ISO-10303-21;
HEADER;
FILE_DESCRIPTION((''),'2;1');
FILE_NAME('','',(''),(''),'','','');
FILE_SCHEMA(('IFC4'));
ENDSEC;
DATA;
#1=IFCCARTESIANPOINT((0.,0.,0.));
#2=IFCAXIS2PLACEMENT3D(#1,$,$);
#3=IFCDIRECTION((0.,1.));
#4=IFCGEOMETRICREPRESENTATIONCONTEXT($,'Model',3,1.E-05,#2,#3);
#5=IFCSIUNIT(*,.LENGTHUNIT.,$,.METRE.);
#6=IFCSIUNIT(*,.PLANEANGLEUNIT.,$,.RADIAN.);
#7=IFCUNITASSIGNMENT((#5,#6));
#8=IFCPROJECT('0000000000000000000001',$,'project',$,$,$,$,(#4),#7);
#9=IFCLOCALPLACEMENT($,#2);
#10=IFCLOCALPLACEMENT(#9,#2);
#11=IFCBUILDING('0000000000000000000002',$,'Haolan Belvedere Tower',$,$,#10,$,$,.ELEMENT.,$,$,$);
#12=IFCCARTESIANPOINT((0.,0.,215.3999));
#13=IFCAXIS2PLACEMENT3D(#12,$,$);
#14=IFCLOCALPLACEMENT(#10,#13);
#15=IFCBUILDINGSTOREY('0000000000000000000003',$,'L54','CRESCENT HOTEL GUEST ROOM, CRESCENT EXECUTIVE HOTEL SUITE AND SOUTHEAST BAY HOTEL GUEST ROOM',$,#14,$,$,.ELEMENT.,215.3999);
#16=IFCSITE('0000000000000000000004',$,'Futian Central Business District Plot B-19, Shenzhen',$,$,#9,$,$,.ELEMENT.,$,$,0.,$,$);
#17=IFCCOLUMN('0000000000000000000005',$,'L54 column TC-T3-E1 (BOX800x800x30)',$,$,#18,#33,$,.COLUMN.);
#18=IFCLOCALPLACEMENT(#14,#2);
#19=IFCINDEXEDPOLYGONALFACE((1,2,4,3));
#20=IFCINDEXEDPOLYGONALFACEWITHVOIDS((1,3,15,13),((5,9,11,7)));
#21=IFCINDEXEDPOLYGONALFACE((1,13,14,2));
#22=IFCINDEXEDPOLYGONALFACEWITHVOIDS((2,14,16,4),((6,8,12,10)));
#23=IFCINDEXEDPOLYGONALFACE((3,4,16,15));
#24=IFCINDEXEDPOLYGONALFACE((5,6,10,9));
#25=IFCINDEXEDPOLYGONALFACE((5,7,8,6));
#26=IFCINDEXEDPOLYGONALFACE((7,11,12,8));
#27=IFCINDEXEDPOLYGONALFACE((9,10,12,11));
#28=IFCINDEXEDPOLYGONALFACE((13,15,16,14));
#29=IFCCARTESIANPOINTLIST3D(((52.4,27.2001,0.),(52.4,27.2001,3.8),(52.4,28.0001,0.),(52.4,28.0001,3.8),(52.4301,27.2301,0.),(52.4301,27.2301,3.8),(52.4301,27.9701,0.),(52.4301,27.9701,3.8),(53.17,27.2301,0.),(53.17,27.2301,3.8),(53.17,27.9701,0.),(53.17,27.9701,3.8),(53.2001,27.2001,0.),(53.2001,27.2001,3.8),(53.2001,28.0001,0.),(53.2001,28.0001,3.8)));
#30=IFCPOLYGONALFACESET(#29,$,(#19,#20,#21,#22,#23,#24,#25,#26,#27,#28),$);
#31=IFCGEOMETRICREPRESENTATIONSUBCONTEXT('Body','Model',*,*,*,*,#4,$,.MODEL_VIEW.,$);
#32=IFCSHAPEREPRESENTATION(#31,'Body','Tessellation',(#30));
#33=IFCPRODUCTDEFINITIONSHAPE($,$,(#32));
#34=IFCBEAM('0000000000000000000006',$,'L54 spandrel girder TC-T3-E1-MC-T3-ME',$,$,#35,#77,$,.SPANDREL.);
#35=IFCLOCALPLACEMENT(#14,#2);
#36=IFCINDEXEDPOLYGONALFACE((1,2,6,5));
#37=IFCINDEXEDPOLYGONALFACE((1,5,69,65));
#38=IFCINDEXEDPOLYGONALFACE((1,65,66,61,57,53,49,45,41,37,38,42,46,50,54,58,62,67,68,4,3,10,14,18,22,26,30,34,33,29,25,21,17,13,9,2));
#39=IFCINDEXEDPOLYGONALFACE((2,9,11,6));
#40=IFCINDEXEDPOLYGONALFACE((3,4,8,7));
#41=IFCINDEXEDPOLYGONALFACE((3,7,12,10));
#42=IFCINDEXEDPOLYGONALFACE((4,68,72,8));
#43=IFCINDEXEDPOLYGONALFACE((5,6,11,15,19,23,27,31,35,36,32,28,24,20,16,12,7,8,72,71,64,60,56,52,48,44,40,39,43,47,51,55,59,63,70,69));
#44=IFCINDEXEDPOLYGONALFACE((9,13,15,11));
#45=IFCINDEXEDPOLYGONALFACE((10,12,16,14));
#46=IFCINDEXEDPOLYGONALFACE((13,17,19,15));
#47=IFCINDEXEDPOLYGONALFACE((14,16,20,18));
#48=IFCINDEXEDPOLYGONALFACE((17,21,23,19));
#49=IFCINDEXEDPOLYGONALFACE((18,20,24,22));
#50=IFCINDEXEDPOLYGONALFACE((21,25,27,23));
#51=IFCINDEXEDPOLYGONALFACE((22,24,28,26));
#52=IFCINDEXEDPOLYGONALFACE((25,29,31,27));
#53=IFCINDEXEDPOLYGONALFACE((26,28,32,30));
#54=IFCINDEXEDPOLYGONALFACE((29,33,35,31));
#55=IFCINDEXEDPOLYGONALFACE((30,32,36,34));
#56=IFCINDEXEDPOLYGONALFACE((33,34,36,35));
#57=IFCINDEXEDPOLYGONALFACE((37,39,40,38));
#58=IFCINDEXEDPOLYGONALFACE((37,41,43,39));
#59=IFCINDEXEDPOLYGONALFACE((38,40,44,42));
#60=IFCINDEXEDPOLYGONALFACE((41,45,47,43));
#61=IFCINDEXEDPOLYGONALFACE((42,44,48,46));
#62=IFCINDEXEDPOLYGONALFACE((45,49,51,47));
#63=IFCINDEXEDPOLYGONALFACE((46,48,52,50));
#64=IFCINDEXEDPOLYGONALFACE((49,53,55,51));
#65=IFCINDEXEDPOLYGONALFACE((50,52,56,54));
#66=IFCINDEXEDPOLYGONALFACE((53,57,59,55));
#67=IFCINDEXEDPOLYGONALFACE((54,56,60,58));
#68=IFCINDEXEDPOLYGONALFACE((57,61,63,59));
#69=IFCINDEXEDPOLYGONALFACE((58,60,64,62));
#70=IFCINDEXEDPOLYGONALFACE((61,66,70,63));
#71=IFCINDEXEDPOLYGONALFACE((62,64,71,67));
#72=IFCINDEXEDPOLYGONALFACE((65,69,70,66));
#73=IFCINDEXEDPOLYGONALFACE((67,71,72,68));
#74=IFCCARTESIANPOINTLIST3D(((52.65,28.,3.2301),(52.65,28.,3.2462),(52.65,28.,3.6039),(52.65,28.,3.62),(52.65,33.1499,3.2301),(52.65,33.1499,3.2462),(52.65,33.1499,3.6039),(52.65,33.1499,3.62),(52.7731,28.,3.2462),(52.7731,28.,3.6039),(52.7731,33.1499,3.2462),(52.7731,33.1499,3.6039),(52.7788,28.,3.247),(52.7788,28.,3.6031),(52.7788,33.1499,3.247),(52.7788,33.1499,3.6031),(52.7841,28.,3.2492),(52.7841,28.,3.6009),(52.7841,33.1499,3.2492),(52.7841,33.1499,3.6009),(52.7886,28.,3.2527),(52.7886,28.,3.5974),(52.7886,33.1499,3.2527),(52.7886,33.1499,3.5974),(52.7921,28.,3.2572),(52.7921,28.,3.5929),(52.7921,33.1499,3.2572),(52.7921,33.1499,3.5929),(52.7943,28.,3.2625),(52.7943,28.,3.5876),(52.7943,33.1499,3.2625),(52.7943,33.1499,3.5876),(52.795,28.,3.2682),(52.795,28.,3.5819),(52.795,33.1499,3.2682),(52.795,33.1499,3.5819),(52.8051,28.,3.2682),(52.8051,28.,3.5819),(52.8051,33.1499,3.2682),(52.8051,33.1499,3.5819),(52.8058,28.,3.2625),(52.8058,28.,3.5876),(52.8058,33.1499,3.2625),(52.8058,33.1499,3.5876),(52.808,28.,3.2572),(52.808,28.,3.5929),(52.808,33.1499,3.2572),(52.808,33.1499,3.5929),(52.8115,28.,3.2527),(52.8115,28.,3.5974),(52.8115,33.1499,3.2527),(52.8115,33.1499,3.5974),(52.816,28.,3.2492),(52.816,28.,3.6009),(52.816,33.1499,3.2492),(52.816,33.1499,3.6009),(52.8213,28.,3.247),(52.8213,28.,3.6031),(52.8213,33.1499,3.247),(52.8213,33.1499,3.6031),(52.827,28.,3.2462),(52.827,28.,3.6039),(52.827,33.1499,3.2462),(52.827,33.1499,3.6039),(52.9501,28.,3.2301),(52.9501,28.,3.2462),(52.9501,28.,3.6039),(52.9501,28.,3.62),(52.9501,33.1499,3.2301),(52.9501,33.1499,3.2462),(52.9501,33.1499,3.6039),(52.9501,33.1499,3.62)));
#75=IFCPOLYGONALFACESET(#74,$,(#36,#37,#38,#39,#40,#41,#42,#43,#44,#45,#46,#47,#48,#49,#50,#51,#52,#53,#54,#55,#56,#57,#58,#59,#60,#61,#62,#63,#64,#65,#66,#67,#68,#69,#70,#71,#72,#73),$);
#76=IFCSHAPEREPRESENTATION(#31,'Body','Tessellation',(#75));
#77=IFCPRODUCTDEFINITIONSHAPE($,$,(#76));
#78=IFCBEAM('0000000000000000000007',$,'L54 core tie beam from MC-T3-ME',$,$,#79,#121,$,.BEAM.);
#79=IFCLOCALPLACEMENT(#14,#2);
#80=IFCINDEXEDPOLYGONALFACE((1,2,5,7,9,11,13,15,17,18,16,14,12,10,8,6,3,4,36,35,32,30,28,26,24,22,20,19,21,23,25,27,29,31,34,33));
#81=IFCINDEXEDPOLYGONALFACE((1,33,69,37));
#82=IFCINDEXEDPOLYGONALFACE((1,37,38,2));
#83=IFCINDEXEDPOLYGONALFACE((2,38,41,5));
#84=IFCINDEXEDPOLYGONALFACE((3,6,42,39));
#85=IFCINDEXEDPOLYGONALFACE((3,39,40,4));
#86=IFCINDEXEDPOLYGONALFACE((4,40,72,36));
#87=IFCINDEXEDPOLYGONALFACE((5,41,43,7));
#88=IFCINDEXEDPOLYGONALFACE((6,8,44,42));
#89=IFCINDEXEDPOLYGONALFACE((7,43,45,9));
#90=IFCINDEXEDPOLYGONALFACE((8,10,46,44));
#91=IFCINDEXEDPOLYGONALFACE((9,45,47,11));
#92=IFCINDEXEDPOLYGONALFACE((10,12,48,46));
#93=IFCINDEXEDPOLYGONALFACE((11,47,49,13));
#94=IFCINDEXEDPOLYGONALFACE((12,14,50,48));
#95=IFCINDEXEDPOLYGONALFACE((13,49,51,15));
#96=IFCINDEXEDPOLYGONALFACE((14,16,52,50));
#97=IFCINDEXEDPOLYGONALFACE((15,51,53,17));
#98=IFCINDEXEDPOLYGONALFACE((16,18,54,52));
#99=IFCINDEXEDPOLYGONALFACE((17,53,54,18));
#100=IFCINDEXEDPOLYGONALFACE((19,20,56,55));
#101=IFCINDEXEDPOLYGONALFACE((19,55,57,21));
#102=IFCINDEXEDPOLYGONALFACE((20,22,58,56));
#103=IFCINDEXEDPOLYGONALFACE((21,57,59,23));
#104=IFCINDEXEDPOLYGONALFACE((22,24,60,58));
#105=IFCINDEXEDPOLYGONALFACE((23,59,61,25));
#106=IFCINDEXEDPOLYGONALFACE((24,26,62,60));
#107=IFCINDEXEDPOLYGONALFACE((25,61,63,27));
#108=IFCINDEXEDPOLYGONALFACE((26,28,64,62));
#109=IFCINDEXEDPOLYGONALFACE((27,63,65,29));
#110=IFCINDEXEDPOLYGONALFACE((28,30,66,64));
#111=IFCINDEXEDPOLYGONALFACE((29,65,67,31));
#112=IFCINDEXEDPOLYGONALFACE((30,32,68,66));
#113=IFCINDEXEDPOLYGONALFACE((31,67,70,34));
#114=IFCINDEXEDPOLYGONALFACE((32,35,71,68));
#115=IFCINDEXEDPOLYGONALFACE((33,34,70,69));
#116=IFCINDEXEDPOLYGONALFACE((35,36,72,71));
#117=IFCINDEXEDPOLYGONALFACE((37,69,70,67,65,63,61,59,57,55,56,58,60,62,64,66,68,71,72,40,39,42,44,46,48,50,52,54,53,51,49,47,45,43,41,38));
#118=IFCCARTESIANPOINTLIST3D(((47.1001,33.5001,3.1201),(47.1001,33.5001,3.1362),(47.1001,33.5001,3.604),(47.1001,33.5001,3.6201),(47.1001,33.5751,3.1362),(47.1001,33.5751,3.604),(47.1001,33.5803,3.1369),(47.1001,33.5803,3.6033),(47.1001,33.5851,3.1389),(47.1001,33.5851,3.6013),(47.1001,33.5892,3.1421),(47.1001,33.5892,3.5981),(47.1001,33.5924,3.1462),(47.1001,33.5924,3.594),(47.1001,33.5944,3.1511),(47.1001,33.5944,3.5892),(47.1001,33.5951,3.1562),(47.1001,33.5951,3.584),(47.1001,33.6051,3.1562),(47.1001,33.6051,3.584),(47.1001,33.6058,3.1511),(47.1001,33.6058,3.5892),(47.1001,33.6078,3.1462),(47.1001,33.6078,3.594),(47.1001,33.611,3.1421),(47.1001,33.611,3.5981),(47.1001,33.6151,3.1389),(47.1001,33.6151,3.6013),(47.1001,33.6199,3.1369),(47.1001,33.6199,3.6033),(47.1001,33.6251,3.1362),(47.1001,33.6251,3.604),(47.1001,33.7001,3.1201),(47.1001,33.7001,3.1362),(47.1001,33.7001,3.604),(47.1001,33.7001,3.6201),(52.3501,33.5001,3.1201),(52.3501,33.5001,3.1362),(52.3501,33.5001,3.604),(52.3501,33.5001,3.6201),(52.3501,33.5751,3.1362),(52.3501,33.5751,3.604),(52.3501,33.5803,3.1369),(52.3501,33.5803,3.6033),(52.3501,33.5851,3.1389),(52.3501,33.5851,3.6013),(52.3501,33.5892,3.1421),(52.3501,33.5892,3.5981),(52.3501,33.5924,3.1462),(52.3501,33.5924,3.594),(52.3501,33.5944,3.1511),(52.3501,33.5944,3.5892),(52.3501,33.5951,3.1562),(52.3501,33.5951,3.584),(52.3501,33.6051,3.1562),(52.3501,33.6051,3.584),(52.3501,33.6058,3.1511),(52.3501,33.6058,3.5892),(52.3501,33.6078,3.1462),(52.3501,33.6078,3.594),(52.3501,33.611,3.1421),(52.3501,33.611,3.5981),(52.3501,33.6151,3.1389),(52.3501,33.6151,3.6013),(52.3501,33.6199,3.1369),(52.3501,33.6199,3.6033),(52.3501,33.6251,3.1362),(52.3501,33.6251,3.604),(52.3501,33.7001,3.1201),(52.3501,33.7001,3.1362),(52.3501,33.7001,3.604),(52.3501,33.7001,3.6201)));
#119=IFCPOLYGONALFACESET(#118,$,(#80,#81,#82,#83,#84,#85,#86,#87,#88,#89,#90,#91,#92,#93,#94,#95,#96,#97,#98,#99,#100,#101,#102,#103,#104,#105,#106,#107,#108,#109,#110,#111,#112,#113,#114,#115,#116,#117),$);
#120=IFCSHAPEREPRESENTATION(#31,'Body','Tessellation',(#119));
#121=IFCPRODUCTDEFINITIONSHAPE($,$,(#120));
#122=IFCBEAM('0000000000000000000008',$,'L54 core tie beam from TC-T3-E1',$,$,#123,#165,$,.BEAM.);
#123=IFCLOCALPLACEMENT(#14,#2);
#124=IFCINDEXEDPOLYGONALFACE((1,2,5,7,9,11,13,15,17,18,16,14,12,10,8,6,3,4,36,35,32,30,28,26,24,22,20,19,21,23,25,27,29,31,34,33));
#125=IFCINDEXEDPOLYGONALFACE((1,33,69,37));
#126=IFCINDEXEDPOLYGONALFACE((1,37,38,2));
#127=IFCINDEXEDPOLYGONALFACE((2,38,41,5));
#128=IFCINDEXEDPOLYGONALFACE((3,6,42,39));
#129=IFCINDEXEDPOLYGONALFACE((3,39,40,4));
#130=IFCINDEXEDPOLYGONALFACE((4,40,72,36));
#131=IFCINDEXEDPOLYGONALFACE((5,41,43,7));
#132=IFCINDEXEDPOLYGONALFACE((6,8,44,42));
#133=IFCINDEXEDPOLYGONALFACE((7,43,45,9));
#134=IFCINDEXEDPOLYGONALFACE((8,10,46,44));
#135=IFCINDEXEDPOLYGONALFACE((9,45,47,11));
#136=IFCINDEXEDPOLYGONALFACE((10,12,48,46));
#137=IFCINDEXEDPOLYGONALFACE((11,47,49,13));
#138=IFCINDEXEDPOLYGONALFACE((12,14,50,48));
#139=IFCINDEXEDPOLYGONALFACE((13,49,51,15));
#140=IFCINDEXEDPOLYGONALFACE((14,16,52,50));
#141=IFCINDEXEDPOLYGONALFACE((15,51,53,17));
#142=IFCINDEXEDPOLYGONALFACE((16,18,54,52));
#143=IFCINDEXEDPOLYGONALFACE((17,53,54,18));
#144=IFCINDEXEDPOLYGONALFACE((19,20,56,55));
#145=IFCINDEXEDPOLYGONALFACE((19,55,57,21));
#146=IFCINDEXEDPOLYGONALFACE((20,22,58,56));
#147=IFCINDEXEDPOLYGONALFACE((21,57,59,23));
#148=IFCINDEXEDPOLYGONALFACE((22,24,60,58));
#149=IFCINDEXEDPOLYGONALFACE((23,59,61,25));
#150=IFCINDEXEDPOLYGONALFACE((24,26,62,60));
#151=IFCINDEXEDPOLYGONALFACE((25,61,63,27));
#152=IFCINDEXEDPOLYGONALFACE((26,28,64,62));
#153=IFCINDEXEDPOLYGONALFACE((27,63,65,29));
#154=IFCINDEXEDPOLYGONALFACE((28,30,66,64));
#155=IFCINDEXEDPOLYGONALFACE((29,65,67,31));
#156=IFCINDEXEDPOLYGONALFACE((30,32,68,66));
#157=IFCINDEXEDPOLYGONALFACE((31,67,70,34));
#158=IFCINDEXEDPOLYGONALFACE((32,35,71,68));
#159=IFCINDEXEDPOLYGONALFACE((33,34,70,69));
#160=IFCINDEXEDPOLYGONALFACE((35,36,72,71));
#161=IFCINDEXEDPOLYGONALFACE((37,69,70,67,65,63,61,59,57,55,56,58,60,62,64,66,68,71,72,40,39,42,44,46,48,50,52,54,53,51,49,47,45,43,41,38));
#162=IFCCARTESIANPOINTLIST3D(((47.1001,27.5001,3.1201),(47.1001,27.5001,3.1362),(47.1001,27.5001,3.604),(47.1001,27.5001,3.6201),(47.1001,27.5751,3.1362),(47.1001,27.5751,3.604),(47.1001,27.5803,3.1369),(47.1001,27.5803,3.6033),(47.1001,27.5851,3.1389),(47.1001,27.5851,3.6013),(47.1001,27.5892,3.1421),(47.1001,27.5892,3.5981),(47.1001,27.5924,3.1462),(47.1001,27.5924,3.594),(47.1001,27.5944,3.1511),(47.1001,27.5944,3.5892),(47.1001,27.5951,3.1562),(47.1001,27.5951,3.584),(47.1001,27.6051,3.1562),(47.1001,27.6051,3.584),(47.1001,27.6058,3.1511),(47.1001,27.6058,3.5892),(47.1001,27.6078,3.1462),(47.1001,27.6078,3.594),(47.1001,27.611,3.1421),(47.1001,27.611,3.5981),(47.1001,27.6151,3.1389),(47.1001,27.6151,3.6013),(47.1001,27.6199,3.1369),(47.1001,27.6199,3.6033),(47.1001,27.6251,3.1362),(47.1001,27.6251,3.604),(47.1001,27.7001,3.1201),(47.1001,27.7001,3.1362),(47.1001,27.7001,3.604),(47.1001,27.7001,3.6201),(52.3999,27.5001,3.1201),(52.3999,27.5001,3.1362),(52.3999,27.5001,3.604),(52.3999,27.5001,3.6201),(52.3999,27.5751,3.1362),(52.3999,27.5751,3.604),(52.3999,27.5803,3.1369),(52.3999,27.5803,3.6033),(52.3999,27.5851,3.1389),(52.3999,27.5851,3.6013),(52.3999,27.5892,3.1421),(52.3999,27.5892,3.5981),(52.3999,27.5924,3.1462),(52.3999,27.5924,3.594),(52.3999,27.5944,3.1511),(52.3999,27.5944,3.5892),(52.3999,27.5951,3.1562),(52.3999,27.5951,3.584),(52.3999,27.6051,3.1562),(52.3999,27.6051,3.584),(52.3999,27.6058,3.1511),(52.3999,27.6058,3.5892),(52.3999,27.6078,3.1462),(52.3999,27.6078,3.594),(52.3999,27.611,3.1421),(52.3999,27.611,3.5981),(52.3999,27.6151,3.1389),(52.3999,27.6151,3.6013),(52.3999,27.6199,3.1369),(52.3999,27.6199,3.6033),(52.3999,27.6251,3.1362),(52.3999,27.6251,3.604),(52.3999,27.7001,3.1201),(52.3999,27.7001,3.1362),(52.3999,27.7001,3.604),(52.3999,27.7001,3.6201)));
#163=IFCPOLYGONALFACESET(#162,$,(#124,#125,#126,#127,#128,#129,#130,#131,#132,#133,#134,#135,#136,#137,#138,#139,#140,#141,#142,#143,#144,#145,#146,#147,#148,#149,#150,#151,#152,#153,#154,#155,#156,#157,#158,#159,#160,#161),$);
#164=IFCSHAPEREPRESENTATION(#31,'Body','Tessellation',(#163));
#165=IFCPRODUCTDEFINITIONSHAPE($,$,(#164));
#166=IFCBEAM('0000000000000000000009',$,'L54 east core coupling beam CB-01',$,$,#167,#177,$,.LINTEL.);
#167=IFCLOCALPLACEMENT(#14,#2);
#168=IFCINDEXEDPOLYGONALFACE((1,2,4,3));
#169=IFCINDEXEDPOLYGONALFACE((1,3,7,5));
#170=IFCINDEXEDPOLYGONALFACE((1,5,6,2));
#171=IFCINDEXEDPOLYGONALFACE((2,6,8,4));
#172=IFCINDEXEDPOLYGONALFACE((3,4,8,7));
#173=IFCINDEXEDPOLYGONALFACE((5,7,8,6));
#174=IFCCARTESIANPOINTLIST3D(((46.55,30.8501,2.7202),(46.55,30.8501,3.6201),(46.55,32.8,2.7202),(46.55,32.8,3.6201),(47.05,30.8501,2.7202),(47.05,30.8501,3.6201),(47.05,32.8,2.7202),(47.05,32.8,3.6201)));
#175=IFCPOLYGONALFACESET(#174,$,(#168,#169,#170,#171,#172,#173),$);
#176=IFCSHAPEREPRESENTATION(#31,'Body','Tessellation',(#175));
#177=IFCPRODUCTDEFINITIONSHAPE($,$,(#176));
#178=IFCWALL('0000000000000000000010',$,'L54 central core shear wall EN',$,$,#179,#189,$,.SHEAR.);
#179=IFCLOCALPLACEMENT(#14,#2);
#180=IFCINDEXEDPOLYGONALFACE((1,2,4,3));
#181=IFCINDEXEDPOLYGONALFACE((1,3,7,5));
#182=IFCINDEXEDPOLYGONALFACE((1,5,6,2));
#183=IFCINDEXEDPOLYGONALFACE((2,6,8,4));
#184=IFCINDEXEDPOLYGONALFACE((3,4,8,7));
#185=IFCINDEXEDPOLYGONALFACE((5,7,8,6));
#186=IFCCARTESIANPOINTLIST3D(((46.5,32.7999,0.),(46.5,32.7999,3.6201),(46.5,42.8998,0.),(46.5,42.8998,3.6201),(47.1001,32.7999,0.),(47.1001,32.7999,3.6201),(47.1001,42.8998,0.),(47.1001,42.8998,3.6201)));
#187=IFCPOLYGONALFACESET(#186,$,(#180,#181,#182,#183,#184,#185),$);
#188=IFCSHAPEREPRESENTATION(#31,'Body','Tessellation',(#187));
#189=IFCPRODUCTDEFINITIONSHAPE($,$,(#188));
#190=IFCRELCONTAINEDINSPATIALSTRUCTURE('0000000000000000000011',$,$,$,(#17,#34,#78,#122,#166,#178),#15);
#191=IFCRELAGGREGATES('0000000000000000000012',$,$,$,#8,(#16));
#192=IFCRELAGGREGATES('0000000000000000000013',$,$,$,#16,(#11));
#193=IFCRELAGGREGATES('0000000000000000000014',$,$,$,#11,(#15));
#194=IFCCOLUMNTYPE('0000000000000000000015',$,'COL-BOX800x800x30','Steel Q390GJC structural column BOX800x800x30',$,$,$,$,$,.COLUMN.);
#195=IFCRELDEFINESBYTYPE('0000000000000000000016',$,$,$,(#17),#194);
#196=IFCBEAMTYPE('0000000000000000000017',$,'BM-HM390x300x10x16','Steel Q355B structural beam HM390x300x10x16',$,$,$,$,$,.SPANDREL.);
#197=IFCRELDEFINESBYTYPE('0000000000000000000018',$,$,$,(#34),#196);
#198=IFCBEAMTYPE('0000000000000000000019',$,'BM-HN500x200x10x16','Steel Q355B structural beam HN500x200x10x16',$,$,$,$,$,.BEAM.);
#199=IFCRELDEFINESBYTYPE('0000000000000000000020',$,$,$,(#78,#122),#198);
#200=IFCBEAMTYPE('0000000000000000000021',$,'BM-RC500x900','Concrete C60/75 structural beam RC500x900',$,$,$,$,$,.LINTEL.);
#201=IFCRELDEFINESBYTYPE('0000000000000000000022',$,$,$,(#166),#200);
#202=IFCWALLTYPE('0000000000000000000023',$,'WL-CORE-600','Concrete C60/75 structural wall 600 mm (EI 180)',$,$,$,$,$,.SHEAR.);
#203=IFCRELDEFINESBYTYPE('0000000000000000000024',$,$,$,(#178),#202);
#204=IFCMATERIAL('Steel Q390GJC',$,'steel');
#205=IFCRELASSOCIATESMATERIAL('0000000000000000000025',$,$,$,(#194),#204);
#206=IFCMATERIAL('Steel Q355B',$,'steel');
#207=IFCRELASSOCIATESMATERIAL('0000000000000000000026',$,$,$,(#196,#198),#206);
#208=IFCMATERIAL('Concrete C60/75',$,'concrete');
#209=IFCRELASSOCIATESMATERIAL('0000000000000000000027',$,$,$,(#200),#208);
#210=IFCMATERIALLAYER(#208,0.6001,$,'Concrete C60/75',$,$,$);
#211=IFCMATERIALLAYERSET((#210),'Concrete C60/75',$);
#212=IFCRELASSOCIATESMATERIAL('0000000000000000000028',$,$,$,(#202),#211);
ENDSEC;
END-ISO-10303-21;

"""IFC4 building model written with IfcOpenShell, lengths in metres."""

from ifc_helpers import new_model, si_unit, direction, frame, frame_2d, origin, origin_2d, place, context, subcontext, project, spatial, rectangle, hollow_rectangle, i_section, extrude, material, layer, layer_set, material_profile, profile_set, type_object, element, save


model = new_model("IFC4")

# Units and contexts
model_context = context("Model", 3, precision=1e-05, world=origin(), true_north=direction((0.0, 1.0)))
body_context = subcontext(model_context, "Body", "Model", "MODEL_VIEW")
ifc_project = project(units=[si_unit("LENGTHUNIT", "METRE"), si_unit("PLANEANGLEUNIT", "RADIAN")], contexts=[model_context])

# Site, building, storey
site_placement = place(None, origin())
site = spatial("IfcSite", under=ifc_project, at=site_placement, Name="Futian Central Business District Plot B-19, Shenzhen", CompositionType="ELEMENT", RefElevation=0.0)
building_placement = place(site_placement, origin())
building = spatial("IfcBuilding", under=site, at=building_placement, Name="Haolan Belvedere Tower", CompositionType="ELEMENT")
storey_placement = place(building_placement, frame((0.0, 0.0, 215.3999)))
storey = spatial("IfcBuildingStorey", under=building, at=storey_placement, Name="L54", Description="CRESCENT HOTEL GUEST ROOM, CRESCENT EXECUTIVE HOTEL SUITE AND SOUTHEAST BAY HOTEL GUEST ROOM", CompositionType="ELEMENT", Elevation=215.3999)

# Column
ifc_material_1 = material(Name="Steel Q390GJC", Category="steel")
ifc_material_profile_1 = material_profile(ifc_material_1, hollow_rectangle(XDim=0.8, YDim=0.8, WallThickness=0.03, at=origin_2d()), Name="Steel Q390GJC")
ifc_profile_set_1 = profile_set([ifc_material_profile_1], Name="Steel Q390GJC")
column_type = type_object("IfcColumnType", Name="COL-BOX800x800x30", Description="Steel Q390GJC structural column BOX800x800x30", PredefinedType="COLUMN", material=ifc_profile_set_1)
column_placement = place(storey_placement, frame((52.8, 27.6001, 0.0), z_axis=(0.0, 0.0, 1.0), x_axis=(1.0, 0.0, 0.0)))
element("IfcColumn", 1, at=column_placement, inside=storey, type_object=column_type, Name="L54 column TC-T3-E1 (BOX800x800x30)", PredefinedType="COLUMN", context=body_context, shape_type="SweptSolid", body=[
    extrude(hollow_rectangle(XDim=0.8, YDim=0.8, WallThickness=0.03, at=origin_2d()), origin(), (0.0, 0.0, 1.0), 3.8),
])

# Beams
ifc_material_2 = material(Name="Steel Q355B", Category="steel")
ifc_material_profile_2 = material_profile(ifc_material_2, i_section(OverallWidth=0.3, OverallDepth=0.3899, WebThickness=0.01, FlangeThickness=0.0161, FilletRadius=0.022, at=origin_2d()), Name="Steel Q355B")
ifc_profile_set_2 = profile_set([ifc_material_profile_2], Name="Steel Q355B")
beam_type_1 = type_object("IfcBeamType", Name="BM-HM390x300x10x16", Description="Steel Q355B structural beam HM390x300x10x16", PredefinedType="SPANDREL", material=ifc_profile_set_2)
beam_1_placement = place(storey_placement, frame((52.8, 28.0, 3.425), z_axis=(0.0, 1.0, 0.0), x_axis=(-1.0, 0.0, 0.0)))
element("IfcBeam", 2, at=beam_1_placement, inside=storey, type_object=beam_type_1, Name="L54 spandrel girder TC-T3-E1-MC-T3-ME", PredefinedType="SPANDREL", context=body_context, shape_type="SweptSolid", body=[
    extrude(i_section(OverallWidth=0.3, OverallDepth=0.3899, WebThickness=0.01, FlangeThickness=0.0161, FilletRadius=0.022, at=origin_2d()), origin(), (0.0, 0.0, 1.0), 5.1499),
])
ifc_material_profile_3 = material_profile(ifc_material_2, i_section(OverallWidth=0.2, OverallDepth=0.5, WebThickness=0.01, FlangeThickness=0.0161, FilletRadius=0.02, at=origin_2d()), Name="Steel Q355B")
ifc_profile_set_3 = profile_set([ifc_material_profile_3], Name="Steel Q355B")
beam_type_2 = type_object("IfcBeamType", Name="BM-HN500x200x10x16", Description="Steel Q355B structural beam HN500x200x10x16", PredefinedType="BEAM", material=ifc_profile_set_3)
beam_2_placement = place(storey_placement, frame((52.3501, 33.6001, 3.3701), z_axis=(-1.0, 0.0, 0.0), x_axis=(0.0, -1.0, 0.0)))
element("IfcBeam", 3, at=beam_2_placement, inside=storey, type_object=beam_type_2, Name="L54 core tie beam from MC-T3-ME", PredefinedType="BEAM", context=body_context, shape_type="SweptSolid", body=[
    extrude(i_section(OverallWidth=0.2, OverallDepth=0.5, WebThickness=0.01, FlangeThickness=0.0161, FilletRadius=0.02, at=origin_2d()), origin(), (0.0, 0.0, 1.0), 5.25),
])
beam_3_placement = place(storey_placement, frame((52.3999, 27.6001, 3.3701), z_axis=(-1.0, 0.0, 0.0), x_axis=(0.0, -1.0, 0.0)))
element("IfcBeam", 4, at=beam_3_placement, inside=storey, type_object=beam_type_2, Name="L54 core tie beam from TC-T3-E1", PredefinedType="BEAM", context=body_context, shape_type="SweptSolid", body=[
    extrude(i_section(OverallWidth=0.2, OverallDepth=0.5, WebThickness=0.01, FlangeThickness=0.0161, FilletRadius=0.02, at=origin_2d()), origin(), (0.0, 0.0, 1.0), 5.2998),
])
ifc_material_3 = material(Name="Concrete C60/75", Category="concrete")
ifc_material_profile_4 = material_profile(ifc_material_3, rectangle(XDim=0.5, YDim=0.8999, at=origin_2d()), Name="Concrete C60/75")
ifc_profile_set_4 = profile_set([ifc_material_profile_4], Name="Concrete C60/75")
beam_type_3 = type_object("IfcBeamType", Name="BM-RC500x900", Description="Concrete C60/75 structural beam RC500x900", PredefinedType="LINTEL", material=ifc_profile_set_4)
beam_4_placement = place(storey_placement, frame((46.8, 30.8501, 3.1702), z_axis=(0.0, 1.0, 0.0), x_axis=(-1.0, 0.0, 0.0)))
element("IfcBeam", 5, at=beam_4_placement, inside=storey, type_object=beam_type_3, Name="L54 east core coupling beam CB-01", PredefinedType="LINTEL", context=body_context, shape_type="SweptSolid", body=[
    extrude(rectangle(XDim=0.5, YDim=0.8999, at=origin_2d()), origin(), (0.0, 0.0, 1.0), 1.95),
])

# Wall
ifc_layer_1 = layer(ifc_material_3, 0.6001, Name="Concrete C60/75")
ifc_layer_set_1 = layer_set([ifc_layer_1], Name="Concrete C60/75")
wall_type_1 = type_object("IfcWallType", Name="WL-CORE-600", Description="Concrete C60/75 structural wall 600 mm (EI 180)", PredefinedType="SHEAR", material=ifc_layer_set_1)
wall_1_placement = place(storey_placement, frame((46.8, 32.8, 0.0), z_axis=(0.0, 0.0, 1.0), x_axis=(0.0, 1.0, 0.0)))
element("IfcWall", 6, at=wall_1_placement, inside=storey, type_object=wall_type_1, Name="L54 central core shear wall EN", PredefinedType="SHEAR", context=body_context, shape_type="SweptSolid", body=[
    extrude(rectangle(XDim=10.0999, YDim=0.6001, at=frame_2d((5.0498, 0.0))), origin(), (0.0, 0.0, 1.0), 3.6201),
])

save(model, "model.ifc")
